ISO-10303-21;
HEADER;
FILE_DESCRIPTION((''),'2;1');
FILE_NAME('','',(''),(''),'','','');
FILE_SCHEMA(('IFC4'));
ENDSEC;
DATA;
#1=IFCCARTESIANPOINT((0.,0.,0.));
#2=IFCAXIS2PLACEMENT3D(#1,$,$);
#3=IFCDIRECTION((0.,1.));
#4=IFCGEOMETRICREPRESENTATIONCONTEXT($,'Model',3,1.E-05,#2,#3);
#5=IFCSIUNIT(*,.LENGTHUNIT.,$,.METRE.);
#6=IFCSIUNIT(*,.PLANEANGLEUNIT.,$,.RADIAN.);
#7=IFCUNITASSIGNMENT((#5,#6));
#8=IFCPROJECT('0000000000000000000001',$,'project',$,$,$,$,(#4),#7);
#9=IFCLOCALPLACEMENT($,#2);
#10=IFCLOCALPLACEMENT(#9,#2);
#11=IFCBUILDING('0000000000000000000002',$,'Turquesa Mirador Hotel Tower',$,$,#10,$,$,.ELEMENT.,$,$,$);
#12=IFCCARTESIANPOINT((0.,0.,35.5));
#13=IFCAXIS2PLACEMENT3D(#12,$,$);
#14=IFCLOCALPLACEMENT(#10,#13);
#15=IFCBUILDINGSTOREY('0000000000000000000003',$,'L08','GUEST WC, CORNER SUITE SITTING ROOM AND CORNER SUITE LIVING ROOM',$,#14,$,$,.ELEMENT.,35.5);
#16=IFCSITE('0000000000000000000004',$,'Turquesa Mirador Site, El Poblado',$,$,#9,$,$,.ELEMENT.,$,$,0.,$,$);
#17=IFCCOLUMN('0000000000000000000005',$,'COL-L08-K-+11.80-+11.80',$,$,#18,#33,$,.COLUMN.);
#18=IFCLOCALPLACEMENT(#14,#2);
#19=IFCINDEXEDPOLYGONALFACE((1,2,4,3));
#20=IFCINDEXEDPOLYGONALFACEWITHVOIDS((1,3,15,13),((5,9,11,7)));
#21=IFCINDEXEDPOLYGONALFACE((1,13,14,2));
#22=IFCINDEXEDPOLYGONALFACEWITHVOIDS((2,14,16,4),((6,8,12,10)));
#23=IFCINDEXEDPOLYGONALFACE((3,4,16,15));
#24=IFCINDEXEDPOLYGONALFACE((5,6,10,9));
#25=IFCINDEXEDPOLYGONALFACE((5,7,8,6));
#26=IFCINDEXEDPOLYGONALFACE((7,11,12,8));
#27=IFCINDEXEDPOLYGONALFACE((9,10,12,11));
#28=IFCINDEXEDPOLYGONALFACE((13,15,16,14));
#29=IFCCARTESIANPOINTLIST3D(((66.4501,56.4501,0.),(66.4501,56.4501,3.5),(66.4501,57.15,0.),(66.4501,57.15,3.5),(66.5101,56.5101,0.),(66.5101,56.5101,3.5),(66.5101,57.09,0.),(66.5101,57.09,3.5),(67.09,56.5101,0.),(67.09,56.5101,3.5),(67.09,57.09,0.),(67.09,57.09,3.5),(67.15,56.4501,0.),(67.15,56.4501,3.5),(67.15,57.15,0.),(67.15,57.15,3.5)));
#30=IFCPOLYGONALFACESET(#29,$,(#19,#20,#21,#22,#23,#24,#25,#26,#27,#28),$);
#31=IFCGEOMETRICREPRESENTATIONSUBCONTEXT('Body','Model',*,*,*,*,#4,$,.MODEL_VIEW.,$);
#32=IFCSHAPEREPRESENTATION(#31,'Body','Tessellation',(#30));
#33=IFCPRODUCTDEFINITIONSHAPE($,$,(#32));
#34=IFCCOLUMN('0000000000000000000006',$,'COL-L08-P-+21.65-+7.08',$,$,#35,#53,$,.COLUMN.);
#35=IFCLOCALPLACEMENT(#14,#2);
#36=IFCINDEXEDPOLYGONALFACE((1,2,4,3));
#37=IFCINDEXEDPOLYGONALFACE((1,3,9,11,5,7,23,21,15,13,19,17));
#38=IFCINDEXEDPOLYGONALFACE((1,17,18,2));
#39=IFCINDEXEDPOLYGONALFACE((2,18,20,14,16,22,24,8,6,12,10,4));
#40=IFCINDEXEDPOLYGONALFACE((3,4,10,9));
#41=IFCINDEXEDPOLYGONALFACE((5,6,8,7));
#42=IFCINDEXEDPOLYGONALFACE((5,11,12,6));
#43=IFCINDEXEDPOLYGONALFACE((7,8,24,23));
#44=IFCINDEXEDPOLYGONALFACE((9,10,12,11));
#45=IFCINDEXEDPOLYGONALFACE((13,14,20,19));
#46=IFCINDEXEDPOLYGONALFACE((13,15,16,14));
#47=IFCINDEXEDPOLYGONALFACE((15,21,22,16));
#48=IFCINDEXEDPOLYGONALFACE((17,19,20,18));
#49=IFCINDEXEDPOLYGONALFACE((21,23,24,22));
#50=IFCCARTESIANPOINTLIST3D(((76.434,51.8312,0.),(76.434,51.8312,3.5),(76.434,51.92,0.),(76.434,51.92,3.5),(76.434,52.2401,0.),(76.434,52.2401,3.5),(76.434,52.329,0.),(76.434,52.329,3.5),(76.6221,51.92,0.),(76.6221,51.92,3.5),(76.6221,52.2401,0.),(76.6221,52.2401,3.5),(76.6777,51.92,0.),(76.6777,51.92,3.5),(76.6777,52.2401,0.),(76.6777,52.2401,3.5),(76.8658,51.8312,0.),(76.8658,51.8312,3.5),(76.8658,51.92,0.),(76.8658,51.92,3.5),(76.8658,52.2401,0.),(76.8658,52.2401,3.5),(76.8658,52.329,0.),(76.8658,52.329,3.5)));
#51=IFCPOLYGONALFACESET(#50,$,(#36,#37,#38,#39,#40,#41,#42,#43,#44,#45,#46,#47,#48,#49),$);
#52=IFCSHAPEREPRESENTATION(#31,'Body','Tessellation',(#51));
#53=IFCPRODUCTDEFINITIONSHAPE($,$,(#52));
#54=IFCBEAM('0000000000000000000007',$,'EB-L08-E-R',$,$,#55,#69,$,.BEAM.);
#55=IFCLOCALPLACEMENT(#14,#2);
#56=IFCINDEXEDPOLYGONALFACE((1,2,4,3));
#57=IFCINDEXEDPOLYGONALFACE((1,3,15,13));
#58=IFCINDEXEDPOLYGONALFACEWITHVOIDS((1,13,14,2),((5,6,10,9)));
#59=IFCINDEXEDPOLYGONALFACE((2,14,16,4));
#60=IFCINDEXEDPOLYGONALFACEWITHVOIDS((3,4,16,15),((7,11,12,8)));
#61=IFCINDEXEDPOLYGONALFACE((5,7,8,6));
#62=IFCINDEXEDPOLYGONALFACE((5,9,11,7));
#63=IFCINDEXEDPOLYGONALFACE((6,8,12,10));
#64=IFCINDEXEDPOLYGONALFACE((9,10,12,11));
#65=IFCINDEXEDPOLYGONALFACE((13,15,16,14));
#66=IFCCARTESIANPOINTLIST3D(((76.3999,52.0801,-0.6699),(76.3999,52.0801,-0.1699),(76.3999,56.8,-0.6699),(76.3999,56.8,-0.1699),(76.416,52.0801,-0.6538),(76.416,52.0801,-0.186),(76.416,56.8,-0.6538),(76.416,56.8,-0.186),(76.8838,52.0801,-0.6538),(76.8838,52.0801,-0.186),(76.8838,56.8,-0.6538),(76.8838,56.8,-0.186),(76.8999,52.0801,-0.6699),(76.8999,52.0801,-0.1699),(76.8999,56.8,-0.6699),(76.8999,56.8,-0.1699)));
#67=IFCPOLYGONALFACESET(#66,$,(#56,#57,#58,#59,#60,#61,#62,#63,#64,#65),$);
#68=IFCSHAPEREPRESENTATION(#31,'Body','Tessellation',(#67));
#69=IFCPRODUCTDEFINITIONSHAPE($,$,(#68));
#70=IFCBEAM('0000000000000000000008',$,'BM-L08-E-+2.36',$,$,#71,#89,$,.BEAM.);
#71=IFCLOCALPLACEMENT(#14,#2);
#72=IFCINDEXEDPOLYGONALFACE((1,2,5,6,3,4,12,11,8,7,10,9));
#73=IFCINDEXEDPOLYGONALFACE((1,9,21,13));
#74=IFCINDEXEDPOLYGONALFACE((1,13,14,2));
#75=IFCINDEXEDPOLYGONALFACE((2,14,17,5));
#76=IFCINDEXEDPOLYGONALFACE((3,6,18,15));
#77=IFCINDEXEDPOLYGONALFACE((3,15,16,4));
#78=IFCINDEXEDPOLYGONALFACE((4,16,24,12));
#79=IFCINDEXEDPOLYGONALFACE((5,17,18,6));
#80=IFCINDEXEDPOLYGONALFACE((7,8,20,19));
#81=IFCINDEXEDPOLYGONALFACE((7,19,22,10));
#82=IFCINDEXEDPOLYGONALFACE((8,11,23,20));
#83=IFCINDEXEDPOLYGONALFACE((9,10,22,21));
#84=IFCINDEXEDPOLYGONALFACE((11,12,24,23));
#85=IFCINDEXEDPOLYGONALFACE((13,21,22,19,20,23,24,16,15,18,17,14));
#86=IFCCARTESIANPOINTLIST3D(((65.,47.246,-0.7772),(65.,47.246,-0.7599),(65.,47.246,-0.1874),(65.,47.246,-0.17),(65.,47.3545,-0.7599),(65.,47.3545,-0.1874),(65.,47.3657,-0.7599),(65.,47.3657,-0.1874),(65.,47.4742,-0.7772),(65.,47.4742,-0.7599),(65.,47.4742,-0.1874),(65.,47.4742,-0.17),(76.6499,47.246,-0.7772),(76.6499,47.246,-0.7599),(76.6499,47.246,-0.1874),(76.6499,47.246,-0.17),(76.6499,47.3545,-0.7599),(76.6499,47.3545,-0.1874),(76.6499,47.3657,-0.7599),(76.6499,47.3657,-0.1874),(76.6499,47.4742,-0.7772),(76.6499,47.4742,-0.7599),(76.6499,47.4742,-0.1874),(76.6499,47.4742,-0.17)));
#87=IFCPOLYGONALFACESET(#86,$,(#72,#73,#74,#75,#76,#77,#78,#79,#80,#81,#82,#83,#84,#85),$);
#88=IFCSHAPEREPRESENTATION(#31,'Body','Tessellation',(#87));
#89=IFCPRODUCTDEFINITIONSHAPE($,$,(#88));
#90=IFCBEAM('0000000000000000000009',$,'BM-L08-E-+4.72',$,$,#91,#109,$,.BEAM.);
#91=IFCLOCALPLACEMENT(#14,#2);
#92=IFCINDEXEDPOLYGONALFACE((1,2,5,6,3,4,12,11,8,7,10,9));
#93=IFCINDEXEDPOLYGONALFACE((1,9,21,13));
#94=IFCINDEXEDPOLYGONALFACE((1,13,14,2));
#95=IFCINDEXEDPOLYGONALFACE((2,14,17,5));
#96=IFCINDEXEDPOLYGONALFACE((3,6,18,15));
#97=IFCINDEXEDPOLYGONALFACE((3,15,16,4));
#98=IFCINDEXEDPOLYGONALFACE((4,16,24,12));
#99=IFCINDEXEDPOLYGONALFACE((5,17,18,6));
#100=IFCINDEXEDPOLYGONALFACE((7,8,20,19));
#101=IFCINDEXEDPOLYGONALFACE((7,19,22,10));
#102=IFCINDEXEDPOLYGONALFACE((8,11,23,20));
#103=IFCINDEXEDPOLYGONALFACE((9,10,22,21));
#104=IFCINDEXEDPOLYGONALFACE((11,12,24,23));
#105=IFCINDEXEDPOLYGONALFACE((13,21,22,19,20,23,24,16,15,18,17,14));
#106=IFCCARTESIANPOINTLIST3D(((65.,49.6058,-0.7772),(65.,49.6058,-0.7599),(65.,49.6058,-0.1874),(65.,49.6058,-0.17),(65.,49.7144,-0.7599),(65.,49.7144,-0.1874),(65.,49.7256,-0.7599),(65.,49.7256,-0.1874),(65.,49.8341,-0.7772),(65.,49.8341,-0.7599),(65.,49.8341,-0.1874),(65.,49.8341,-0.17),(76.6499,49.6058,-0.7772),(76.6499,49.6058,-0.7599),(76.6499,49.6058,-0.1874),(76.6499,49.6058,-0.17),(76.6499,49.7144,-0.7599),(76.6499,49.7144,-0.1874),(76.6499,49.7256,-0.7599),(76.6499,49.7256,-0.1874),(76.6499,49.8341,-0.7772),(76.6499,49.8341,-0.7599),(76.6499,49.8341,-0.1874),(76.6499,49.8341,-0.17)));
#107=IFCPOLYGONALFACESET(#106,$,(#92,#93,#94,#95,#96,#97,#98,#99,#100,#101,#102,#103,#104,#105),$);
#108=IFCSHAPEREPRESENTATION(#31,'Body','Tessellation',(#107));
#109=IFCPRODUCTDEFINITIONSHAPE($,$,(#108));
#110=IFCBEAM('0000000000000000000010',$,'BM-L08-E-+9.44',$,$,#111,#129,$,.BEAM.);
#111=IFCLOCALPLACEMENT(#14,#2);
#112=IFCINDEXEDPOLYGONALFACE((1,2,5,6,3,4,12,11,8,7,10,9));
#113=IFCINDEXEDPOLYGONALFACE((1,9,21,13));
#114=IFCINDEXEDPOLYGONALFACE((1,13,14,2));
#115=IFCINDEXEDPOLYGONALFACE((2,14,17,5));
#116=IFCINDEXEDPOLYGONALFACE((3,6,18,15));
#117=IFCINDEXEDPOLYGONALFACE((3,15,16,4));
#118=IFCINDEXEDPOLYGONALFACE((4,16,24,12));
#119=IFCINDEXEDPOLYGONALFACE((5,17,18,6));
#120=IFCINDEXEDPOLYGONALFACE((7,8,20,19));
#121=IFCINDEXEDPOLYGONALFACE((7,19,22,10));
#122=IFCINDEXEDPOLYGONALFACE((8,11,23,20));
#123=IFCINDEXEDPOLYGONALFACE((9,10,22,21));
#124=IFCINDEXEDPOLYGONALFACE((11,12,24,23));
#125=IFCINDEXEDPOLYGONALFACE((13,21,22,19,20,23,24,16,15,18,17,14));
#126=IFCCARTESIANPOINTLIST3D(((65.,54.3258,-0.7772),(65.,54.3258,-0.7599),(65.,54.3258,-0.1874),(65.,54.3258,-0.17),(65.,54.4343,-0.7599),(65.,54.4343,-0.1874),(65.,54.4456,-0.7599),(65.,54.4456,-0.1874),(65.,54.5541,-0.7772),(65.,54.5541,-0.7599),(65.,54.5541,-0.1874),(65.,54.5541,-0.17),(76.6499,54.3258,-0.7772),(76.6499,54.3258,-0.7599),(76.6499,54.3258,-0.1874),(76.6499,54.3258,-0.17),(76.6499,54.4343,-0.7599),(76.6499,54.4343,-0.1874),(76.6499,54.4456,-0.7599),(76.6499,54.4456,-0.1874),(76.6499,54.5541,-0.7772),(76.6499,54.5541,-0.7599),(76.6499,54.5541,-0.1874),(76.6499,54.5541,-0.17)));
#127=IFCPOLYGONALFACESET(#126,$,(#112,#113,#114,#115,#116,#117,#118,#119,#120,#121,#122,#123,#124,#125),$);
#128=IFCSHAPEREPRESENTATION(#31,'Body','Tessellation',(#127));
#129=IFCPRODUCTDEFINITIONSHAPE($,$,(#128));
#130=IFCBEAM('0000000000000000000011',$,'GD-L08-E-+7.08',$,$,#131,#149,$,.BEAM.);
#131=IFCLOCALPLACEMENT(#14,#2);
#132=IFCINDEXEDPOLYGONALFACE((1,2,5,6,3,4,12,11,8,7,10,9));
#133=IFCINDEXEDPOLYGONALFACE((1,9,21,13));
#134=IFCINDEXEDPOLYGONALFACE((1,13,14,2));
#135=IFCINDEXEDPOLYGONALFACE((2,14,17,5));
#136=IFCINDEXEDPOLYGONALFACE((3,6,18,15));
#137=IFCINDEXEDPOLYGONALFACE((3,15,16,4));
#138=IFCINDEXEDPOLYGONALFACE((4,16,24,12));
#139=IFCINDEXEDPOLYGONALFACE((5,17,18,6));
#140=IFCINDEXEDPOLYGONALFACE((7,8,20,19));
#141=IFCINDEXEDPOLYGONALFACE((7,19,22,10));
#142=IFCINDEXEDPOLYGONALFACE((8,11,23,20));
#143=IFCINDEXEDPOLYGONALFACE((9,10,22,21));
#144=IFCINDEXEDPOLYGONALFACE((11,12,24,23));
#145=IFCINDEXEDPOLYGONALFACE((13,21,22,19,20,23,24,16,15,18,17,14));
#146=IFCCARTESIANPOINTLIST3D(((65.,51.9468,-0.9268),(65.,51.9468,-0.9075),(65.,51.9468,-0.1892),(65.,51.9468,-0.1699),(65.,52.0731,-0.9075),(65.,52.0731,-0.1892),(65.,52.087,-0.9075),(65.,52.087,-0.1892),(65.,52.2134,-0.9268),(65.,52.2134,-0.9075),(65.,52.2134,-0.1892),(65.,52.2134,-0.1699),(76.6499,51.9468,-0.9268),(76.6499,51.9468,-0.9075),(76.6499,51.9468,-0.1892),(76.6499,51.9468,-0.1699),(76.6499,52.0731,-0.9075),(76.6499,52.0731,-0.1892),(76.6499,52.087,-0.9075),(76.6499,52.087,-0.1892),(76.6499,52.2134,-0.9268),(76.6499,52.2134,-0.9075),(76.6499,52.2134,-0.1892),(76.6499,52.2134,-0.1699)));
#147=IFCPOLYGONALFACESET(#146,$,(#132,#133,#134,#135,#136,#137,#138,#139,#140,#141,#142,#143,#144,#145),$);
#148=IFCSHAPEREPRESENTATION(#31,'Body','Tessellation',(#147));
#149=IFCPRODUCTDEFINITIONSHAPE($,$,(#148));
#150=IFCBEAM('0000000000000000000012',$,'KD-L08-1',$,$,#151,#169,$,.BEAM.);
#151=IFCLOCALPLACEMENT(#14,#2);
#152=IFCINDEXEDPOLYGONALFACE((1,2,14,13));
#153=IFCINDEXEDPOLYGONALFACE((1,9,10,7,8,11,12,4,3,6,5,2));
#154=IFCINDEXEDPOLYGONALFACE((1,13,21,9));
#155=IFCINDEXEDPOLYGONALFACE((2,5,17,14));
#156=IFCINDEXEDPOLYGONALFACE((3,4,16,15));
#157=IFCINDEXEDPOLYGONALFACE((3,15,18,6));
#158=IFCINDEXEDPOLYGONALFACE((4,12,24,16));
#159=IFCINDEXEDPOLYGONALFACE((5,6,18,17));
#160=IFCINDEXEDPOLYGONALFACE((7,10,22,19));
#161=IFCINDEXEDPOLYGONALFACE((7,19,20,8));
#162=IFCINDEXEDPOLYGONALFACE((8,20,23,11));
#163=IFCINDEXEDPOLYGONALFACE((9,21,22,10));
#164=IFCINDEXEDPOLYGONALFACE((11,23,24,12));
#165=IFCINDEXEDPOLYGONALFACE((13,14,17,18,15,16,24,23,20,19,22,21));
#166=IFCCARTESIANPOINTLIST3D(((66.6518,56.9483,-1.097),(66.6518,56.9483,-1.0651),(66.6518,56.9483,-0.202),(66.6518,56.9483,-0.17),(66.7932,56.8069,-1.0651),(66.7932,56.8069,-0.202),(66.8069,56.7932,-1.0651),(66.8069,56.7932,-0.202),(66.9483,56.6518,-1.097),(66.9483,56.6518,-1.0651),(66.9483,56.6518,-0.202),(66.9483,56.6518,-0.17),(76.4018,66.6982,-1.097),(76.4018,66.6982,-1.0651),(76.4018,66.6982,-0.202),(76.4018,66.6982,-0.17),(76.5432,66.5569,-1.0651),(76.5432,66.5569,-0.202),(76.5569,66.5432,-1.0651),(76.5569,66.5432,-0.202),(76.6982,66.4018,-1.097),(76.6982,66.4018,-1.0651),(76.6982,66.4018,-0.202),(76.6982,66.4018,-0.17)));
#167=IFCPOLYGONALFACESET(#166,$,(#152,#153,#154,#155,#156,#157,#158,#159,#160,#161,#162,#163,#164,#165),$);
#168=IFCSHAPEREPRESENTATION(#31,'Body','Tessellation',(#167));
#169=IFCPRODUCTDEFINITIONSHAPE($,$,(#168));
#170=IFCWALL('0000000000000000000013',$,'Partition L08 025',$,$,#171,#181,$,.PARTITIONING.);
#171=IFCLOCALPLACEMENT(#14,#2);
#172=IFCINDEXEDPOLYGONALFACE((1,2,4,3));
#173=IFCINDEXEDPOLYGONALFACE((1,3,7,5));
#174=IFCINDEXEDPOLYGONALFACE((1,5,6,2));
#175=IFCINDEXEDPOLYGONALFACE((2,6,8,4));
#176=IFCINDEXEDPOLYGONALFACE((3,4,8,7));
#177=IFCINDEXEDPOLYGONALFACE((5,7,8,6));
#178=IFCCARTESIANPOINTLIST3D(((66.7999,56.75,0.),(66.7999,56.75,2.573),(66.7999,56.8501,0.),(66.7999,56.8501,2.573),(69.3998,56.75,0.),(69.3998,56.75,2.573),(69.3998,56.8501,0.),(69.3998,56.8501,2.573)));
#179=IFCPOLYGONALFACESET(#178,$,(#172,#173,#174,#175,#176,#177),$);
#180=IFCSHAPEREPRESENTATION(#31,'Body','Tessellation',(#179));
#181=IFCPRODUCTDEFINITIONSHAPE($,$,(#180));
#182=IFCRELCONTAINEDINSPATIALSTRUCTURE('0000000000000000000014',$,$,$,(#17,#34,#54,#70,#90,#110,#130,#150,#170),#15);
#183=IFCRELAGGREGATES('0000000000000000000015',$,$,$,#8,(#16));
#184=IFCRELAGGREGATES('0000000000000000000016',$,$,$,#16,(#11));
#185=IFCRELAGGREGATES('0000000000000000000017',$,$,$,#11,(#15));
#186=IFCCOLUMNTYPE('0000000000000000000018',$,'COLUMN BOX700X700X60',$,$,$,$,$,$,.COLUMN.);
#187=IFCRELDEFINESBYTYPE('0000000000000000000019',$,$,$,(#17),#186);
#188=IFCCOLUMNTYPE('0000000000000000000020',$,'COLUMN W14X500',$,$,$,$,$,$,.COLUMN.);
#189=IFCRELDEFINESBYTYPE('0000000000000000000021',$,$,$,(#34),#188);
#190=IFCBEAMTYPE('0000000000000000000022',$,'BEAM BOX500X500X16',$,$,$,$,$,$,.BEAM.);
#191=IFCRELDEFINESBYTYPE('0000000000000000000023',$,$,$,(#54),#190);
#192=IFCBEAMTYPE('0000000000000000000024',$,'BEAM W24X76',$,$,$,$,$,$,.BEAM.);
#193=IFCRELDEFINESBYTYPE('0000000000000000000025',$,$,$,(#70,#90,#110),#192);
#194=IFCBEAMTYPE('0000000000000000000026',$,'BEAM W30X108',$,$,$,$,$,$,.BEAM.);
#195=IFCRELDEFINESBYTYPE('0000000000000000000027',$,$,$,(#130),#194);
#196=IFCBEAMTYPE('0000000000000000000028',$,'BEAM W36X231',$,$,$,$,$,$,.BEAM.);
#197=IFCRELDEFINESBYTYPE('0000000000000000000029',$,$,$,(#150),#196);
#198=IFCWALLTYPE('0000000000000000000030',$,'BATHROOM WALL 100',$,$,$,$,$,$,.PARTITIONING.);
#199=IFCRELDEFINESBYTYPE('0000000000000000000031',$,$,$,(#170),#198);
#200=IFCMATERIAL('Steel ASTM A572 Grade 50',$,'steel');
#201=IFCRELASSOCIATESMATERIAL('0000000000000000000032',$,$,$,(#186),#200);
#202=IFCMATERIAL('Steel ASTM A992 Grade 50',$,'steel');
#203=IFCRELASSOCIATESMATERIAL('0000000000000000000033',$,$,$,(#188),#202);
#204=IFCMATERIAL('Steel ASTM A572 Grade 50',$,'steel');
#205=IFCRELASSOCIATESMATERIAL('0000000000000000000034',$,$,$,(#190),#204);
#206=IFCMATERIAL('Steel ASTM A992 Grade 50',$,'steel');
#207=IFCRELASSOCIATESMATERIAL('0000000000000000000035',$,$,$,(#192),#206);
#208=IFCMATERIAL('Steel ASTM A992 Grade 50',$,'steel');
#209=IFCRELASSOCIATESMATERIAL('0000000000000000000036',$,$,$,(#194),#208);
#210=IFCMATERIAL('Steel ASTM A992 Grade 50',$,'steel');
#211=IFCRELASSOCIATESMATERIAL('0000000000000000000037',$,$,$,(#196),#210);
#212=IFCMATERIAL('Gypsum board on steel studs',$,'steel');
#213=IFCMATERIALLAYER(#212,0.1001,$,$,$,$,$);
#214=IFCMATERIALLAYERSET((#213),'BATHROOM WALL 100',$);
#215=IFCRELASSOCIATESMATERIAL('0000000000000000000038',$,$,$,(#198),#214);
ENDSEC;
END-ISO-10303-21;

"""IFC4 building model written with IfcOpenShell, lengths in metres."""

from ifc_helpers import new_model, si_unit, direction, frame, frame_2d, origin, origin_2d, place, context, subcontext, project, spatial, rectangle, hollow_rectangle, i_section, extrude, material, layer, layer_set, material_profile, profile_set, type_object, element, save


model = new_model("IFC4")

# Units and contexts
model_context = context("Model", 3, precision=1e-05, world=origin(), true_north=direction((0.0, 1.0)))
body_context = subcontext(model_context, "Body", "Model", "MODEL_VIEW")
ifc_project = project(units=[si_unit("LENGTHUNIT", "METRE"), si_unit("PLANEANGLEUNIT", "RADIAN")], contexts=[model_context])

# Site, building, storey
site_placement = place(None, origin())
site = spatial("IfcSite", under=ifc_project, at=site_placement, Name="Turquesa Mirador Site, El Poblado", CompositionType="ELEMENT", RefElevation=0.0)
building_placement = place(site_placement, origin())
building = spatial("IfcBuilding", under=site, at=building_placement, Name="Turquesa Mirador Hotel Tower", CompositionType="ELEMENT")
storey_placement = place(building_placement, frame((0.0, 0.0, 35.5)))
storey = spatial("IfcBuildingStorey", under=building, at=storey_placement, Name="L08", Description="GUEST WC, CORNER SUITE SITTING ROOM AND CORNER SUITE LIVING ROOM", CompositionType="ELEMENT", Elevation=35.5)

# Columns
ifc_material_1 = material(Name="Steel ASTM A572 Grade 50", Category="steel")
ifc_material_profile_1 = material_profile(ifc_material_1, hollow_rectangle(XDim=0.7, YDim=0.7, WallThickness=0.0601, at=origin_2d()), Name="BOX700X700X60")
ifc_profile_set_1 = profile_set([ifc_material_profile_1], Name="Steel ASTM A572 Grade 50")
column_type_1 = type_object("IfcColumnType", Name="COLUMN BOX700X700X60", PredefinedType="COLUMN", material=ifc_profile_set_1)
column_1_placement = place(storey_placement, frame((66.8, 56.8, 0.0), z_axis=(0.0, 0.0, 1.0), x_axis=(1.0, 0.0, 0.0)))
element("IfcColumn", 1, at=column_1_placement, inside=storey, type_object=column_type_1, Name="COL-L08-K-+11.80-+11.80", PredefinedType="COLUMN", context=body_context, shape_type="SweptSolid", body=[
    extrude(hollow_rectangle(XDim=0.7, YDim=0.7, WallThickness=0.0601, at=origin_2d()), origin(), (0.0, 0.0, 1.0), 3.5),
])
ifc_material_2 = material(Name="Steel ASTM A992 Grade 50", Category="steel")
ifc_material_profile_2 = material_profile(ifc_material_2, i_section(OverallWidth=0.4319, OverallDepth=0.4978, WebThickness=0.0557, FlangeThickness=0.0889, at=origin_2d()), Name="W14X500")
ifc_profile_set_2 = profile_set([ifc_material_profile_2], Name="Steel ASTM A992 Grade 50")
column_type_2 = type_object("IfcColumnType", Name="COLUMN W14X500", PredefinedType="COLUMN", material=ifc_profile_set_2)
column_2_placement = place(storey_placement, frame((76.6499, 52.0801, 0.0), z_axis=(0.0, 0.0, 1.0), x_axis=(1.0, 0.0, 0.0)))
element("IfcColumn", 2, at=column_2_placement, inside=storey, type_object=column_type_2, Name="COL-L08-P-+21.65-+7.08", PredefinedType="COLUMN", context=body_context, shape_type="SweptSolid", body=[
    extrude(i_section(OverallWidth=0.4319, OverallDepth=0.4978, WebThickness=0.0557, FlangeThickness=0.0889, at=origin_2d()), origin(), (0.0, 0.0, 1.0), 3.5),
])

# Beams
ifc_material_3 = material(Name="Steel ASTM A572 Grade 50", Category="steel")
ifc_material_profile_3 = material_profile(ifc_material_3, hollow_rectangle(XDim=0.5, YDim=0.5, WallThickness=0.0161, at=origin_2d()), Name="BOX500X500X16")
ifc_profile_set_3 = profile_set([ifc_material_profile_3], Name="Steel ASTM A572 Grade 50")
beam_type_1 = type_object("IfcBeamType", Name="BEAM BOX500X500X16", PredefinedType="BEAM", material=ifc_profile_set_3)
beam_1_placement = place(storey_placement, frame((76.6499, 52.0801, -0.4199), z_axis=(0.0, 1.0, 0.0), x_axis=(-1.0, 0.0, 0.0)))
element("IfcBeam", 3, at=beam_1_placement, inside=storey, type_object=beam_type_1, Name="EB-L08-E-R", PredefinedType="BEAM", context=body_context, shape_type="SweptSolid", body=[
    extrude(hollow_rectangle(XDim=0.5, YDim=0.5, WallThickness=0.0161, at=origin_2d()), origin(), (0.0, 0.0, 1.0), 4.72),
])
ifc_material_4 = material(Name="Steel ASTM A992 Grade 50", Category="steel")
ifc_material_profile_4 = material_profile(ifc_material_4, i_section(OverallWidth=0.2283, OverallDepth=0.6072, WebThickness=0.0112, FlangeThickness=0.0173, at=origin_2d()), Name="W24X76")
ifc_profile_set_4 = profile_set([ifc_material_profile_4], Name="Steel ASTM A992 Grade 50")
beam_type_2 = type_object("IfcBeamType", Name="BEAM W24X76", PredefinedType="BEAM", material=ifc_profile_set_4)
for number, where, z_axis, x_axis, name in (
    (4, (76.6499, 47.3601, -0.4736), (-1.0, 0.0, 0.0), (0.0, -1.0, 0.0), "BM-L08-E-+2.36"),
    (5, (76.6499, 49.72, -0.4736), (-1.0, 0.0, 0.0), (0.0, -1.0, 0.0), "BM-L08-E-+4.72"),
    (6, (76.6499, 54.4399, -0.4736), (-1.0, 0.0, 0.0), (0.0, -1.0, 0.0), "BM-L08-E-+9.44"),
):
    element("IfcBeam", number, at=place(storey_placement, frame(where, z_axis=z_axis, x_axis=x_axis)), inside=storey, type_object=beam_type_2, Name=name, PredefinedType="BEAM", context=body_context, shape_type="SweptSolid", body=[
        extrude(i_section(OverallWidth=0.2283, OverallDepth=0.6072, WebThickness=0.0112, FlangeThickness=0.0173, at=origin_2d()), origin(), (0.0, 0.0, 1.0), 11.6499),
    ])
ifc_material_5 = material(Name="Steel ASTM A992 Grade 50", Category="steel")
ifc_material_profile_5 = material_profile(ifc_material_5, i_section(OverallWidth=0.2666, OverallDepth=0.7568, WebThickness=0.0139, FlangeThickness=0.0193, at=origin_2d()), Name="W30X108")
ifc_profile_set_5 = profile_set([ifc_material_profile_5], Name="Steel ASTM A992 Grade 50")
beam_type_3 = type_object("IfcBeamType", Name="BEAM W30X108", PredefinedType="BEAM", material=ifc_profile_set_5)
beam_2_placement = place(storey_placement, frame((76.6499, 52.0801, -0.5483), z_axis=(-1.0, 0.0, 0.0), x_axis=(0.0, -1.0, 0.0)))
element("IfcBeam", 7, at=beam_2_placement, inside=storey, type_object=beam_type_3, Name="GD-L08-E-+7.08", PredefinedType="BEAM", context=body_context, shape_type="SweptSolid", body=[
    extrude(i_section(OverallWidth=0.2666, OverallDepth=0.7568, WebThickness=0.0139, FlangeThickness=0.0193, at=origin_2d()), origin(), (0.0, 0.0, 1.0), 11.6499),
])
ifc_material_6 = material(Name="Steel ASTM A992 Grade 50", Category="steel")
ifc_material_profile_6 = material_profile(ifc_material_6, i_section(OverallWidth=0.4192, OverallDepth=0.927, WebThickness=0.0193, FlangeThickness=0.032, at=origin_2d()), Name="W36X231")
ifc_profile_set_6 = profile_set([ifc_material_profile_6], Name="Steel ASTM A992 Grade 50")
beam_type_4 = type_object("IfcBeamType", Name="BEAM W36X231", PredefinedType="BEAM", material=ifc_profile_set_6)
beam_3_placement = place(storey_placement, frame((66.8, 56.8, -0.6335), z_axis=(0.707107, 0.707107, 0.0), x_axis=(-0.707107, 0.707107, 0.0)))
element("IfcBeam", 8, at=beam_3_placement, inside=storey, type_object=beam_type_4, Name="KD-L08-1", PredefinedType="BEAM", context=body_context, shape_type="SweptSolid", body=[
    extrude(i_section(OverallWidth=0.4192, OverallDepth=0.927, WebThickness=0.0193, FlangeThickness=0.032, at=origin_2d()), origin(), (0.0, 0.0, 1.0), 13.7886),
])

# Wall
ifc_material_7 = material(Name="Gypsum board on steel studs", Category="steel")
ifc_layer_1 = layer(ifc_material_7, 0.1001)
ifc_layer_set_1 = layer_set([ifc_layer_1], Name="BATHROOM WALL 100")
wall_type_1 = type_object("IfcWallType", Name="BATHROOM WALL 100", PredefinedType="PARTITIONING", material=ifc_layer_set_1)
wall_1_placement = place(storey_placement, frame((66.8, 56.8, 0.0), z_axis=(0.0, 0.0, 1.0), x_axis=(1.0, 0.0, 0.0)))
element("IfcWall", 9, at=wall_1_placement, inside=storey, type_object=wall_type_1, Name="Partition L08 025", PredefinedType="PARTITIONING", context=body_context, shape_type="SweptSolid", body=[
    extrude(rectangle(XDim=2.5999, YDim=0.1001, at=frame_2d((1.2998, 0.0))), origin(), (0.0, 0.0, 1.0), 2.573),
])

save(model, "model.ifc")
